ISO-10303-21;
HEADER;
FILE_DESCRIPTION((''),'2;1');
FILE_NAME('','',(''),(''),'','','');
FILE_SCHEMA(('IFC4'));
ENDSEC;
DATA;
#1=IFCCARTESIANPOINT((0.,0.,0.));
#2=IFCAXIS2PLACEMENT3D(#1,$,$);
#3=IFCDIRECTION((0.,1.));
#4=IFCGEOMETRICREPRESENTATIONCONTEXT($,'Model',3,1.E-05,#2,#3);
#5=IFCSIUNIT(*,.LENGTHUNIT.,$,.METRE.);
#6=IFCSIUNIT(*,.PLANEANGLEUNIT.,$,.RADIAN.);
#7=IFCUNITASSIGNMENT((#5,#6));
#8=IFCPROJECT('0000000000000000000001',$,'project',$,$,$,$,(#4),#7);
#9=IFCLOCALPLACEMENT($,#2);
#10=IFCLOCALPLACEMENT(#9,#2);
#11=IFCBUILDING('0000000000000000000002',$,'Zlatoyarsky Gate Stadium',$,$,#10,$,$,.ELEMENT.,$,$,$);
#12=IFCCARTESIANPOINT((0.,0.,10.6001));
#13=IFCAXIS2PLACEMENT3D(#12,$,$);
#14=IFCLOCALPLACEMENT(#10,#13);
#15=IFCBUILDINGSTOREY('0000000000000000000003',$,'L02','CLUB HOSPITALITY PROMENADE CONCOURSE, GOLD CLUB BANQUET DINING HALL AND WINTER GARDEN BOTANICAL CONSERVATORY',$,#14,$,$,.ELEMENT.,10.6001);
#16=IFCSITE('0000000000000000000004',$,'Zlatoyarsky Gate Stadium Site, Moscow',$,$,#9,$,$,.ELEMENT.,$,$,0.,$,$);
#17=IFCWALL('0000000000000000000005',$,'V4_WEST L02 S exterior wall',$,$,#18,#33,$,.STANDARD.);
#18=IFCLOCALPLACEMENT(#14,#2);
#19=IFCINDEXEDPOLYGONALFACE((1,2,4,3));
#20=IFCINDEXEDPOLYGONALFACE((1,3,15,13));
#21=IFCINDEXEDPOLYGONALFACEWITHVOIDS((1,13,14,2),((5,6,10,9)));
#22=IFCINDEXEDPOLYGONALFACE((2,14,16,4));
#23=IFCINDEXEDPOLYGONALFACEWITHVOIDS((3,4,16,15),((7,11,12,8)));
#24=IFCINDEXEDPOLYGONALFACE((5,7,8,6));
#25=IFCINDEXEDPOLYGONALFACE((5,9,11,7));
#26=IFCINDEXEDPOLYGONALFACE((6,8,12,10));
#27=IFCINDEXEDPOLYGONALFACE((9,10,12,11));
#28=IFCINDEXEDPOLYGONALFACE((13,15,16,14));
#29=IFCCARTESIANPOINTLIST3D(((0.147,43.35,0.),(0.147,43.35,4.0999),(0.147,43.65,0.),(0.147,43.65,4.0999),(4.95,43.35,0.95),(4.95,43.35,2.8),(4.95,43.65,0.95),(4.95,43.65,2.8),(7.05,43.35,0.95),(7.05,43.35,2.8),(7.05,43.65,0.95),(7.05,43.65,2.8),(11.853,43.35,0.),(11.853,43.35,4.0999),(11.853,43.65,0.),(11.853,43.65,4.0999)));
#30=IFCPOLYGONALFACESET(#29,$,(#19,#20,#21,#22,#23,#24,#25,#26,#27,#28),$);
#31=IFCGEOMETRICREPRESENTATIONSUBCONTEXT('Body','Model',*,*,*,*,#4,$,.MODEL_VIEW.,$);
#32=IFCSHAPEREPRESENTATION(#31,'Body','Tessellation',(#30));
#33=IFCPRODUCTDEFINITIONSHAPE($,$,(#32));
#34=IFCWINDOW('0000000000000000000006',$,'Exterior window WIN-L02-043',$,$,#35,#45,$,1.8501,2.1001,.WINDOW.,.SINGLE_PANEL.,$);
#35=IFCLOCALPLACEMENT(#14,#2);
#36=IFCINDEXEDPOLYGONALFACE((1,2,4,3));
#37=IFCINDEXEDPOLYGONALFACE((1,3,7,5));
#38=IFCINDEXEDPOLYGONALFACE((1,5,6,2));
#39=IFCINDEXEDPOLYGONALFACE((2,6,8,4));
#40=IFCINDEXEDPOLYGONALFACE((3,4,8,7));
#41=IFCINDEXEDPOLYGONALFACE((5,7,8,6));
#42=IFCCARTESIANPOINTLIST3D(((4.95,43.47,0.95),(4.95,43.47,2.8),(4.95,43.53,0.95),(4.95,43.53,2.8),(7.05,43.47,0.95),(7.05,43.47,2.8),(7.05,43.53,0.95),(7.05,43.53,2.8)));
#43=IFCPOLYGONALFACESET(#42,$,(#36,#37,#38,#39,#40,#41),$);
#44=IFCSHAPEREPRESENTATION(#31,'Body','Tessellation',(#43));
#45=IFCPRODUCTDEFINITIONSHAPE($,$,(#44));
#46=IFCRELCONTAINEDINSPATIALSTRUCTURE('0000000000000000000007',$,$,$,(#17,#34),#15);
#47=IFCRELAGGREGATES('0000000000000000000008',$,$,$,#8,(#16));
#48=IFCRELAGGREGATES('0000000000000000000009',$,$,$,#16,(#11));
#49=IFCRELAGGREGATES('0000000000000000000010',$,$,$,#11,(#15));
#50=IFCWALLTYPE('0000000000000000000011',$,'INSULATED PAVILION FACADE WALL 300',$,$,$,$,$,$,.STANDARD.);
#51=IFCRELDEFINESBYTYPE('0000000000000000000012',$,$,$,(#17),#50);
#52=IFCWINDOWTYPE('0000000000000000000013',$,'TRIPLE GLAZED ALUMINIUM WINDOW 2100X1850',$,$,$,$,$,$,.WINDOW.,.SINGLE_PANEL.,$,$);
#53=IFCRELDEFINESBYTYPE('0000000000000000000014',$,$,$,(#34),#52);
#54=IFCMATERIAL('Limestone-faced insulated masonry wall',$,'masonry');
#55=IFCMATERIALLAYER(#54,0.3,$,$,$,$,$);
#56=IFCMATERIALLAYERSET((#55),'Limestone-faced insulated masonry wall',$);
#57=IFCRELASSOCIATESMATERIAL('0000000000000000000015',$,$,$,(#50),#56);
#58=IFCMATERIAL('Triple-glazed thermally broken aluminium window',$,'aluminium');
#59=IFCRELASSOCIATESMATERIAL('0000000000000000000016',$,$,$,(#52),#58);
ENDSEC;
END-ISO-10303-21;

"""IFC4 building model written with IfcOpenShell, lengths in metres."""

from ifc_helpers import new_model, si_unit, direction, frame, frame_2d, origin, place, context, subcontext, project, spatial, rectangle, extrude, material, layer, layer_set, type_object, element, fill, save


model = new_model("IFC4")

# Units and contexts
model_context = context("Model", 3, precision=1e-05, world=origin(), true_north=direction((0.0, 1.0)))
body_context = subcontext(model_context, "Body", "Model", "MODEL_VIEW")
ifc_project = project(units=[si_unit("LENGTHUNIT", "METRE"), si_unit("PLANEANGLEUNIT", "RADIAN")], contexts=[model_context])

# Site, building, storey
site_placement = place(None, origin())
site = spatial("IfcSite", under=ifc_project, at=site_placement, Name="Zlatoyarsky Gate Stadium Site, Moscow", CompositionType="ELEMENT", RefElevation=0.0)
building_placement = place(site_placement, origin())
building = spatial("IfcBuilding", under=site, at=building_placement, Name="Zlatoyarsky Gate Stadium", CompositionType="ELEMENT")
storey_placement = place(building_placement, frame((0.0, 0.0, 10.6001)))
storey = spatial("IfcBuildingStorey", under=building, at=storey_placement, Name="L02", Description="CLUB HOSPITALITY PROMENADE CONCOURSE, GOLD CLUB BANQUET DINING HALL AND WINTER GARDEN BOTANICAL CONSERVATORY", CompositionType="ELEMENT", Elevation=10.6001)

# Wall, opening, window
ifc_material_1 = material(Name="Limestone-faced insulated masonry wall", Category="masonry")
ifc_layer_1 = layer(ifc_material_1, 0.3)
ifc_layer_set_1 = layer_set([ifc_layer_1], Name="Limestone-faced insulated masonry wall")
wall_type = type_object("IfcWallType", Name="INSULATED PAVILION FACADE WALL 300", PredefinedType="STANDARD", material=ifc_layer_set_1)
wall_placement = place(storey_placement, frame((0.147, 43.5, 0.0), z_axis=(0.0, 0.0, 1.0), x_axis=(1.0, 0.0, 0.0)))
wall = element("IfcWall", 1, at=wall_placement, inside=storey, type_object=wall_type, Name="V4_WEST L02 S exterior wall", PredefinedType="STANDARD", context=body_context, shape_type="SweptSolid", body=[
    extrude(rectangle(XDim=11.7061, YDim=0.3, at=frame_2d((5.853, 0.0))), origin(), (0.0, 0.0, 1.0), 4.0999),
])
opening_placement = place(wall_placement, frame((4.803, 0.0, 0.95)))
opening = element("IfcOpeningElement", 2, at=opening_placement, cuts=wall, PredefinedType="OPENING", context=body_context, shape_type="SweptSolid", body=[
    extrude(rectangle(XDim=2.1001, YDim=1.8501, at=frame_2d((1.05, 0.925))), frame((0.0, 0.1599, 0.0), z_axis=(0.0, -1.0, 0.0), x_axis=(1.0, 0.0, 0.0)), (0.0, 0.0, 1.0), 0.3201),
])
ifc_material_2 = material(Name="Triple-glazed thermally broken aluminium window", Category="aluminium")
window_type = type_object("IfcWindowType", Name="TRIPLE GLAZED ALUMINIUM WINDOW 2100X1850", PartitioningType="SINGLE_PANEL", PredefinedType="WINDOW", material=ifc_material_2)
window_placement = place(opening_placement, origin())
window = element("IfcWindow", 3, at=window_placement, inside=storey, type_object=window_type, Name="Exterior window WIN-L02-043", OverallHeight=1.8501, OverallWidth=2.1001, PartitioningType="SINGLE_PANEL", PredefinedType="WINDOW", context=body_context, shape_type="SweptSolid", body=[
    extrude(rectangle(XDim=2.1001, YDim=1.8501, at=frame_2d((1.05, 0.925))), frame((0.0, 0.03, 0.0), z_axis=(0.0, -1.0, 0.0), x_axis=(1.0, 0.0, 0.0)), (0.0, 0.0, 1.0), 0.0601),
])
fill(opening, window)

save(model, "model.ifc")
